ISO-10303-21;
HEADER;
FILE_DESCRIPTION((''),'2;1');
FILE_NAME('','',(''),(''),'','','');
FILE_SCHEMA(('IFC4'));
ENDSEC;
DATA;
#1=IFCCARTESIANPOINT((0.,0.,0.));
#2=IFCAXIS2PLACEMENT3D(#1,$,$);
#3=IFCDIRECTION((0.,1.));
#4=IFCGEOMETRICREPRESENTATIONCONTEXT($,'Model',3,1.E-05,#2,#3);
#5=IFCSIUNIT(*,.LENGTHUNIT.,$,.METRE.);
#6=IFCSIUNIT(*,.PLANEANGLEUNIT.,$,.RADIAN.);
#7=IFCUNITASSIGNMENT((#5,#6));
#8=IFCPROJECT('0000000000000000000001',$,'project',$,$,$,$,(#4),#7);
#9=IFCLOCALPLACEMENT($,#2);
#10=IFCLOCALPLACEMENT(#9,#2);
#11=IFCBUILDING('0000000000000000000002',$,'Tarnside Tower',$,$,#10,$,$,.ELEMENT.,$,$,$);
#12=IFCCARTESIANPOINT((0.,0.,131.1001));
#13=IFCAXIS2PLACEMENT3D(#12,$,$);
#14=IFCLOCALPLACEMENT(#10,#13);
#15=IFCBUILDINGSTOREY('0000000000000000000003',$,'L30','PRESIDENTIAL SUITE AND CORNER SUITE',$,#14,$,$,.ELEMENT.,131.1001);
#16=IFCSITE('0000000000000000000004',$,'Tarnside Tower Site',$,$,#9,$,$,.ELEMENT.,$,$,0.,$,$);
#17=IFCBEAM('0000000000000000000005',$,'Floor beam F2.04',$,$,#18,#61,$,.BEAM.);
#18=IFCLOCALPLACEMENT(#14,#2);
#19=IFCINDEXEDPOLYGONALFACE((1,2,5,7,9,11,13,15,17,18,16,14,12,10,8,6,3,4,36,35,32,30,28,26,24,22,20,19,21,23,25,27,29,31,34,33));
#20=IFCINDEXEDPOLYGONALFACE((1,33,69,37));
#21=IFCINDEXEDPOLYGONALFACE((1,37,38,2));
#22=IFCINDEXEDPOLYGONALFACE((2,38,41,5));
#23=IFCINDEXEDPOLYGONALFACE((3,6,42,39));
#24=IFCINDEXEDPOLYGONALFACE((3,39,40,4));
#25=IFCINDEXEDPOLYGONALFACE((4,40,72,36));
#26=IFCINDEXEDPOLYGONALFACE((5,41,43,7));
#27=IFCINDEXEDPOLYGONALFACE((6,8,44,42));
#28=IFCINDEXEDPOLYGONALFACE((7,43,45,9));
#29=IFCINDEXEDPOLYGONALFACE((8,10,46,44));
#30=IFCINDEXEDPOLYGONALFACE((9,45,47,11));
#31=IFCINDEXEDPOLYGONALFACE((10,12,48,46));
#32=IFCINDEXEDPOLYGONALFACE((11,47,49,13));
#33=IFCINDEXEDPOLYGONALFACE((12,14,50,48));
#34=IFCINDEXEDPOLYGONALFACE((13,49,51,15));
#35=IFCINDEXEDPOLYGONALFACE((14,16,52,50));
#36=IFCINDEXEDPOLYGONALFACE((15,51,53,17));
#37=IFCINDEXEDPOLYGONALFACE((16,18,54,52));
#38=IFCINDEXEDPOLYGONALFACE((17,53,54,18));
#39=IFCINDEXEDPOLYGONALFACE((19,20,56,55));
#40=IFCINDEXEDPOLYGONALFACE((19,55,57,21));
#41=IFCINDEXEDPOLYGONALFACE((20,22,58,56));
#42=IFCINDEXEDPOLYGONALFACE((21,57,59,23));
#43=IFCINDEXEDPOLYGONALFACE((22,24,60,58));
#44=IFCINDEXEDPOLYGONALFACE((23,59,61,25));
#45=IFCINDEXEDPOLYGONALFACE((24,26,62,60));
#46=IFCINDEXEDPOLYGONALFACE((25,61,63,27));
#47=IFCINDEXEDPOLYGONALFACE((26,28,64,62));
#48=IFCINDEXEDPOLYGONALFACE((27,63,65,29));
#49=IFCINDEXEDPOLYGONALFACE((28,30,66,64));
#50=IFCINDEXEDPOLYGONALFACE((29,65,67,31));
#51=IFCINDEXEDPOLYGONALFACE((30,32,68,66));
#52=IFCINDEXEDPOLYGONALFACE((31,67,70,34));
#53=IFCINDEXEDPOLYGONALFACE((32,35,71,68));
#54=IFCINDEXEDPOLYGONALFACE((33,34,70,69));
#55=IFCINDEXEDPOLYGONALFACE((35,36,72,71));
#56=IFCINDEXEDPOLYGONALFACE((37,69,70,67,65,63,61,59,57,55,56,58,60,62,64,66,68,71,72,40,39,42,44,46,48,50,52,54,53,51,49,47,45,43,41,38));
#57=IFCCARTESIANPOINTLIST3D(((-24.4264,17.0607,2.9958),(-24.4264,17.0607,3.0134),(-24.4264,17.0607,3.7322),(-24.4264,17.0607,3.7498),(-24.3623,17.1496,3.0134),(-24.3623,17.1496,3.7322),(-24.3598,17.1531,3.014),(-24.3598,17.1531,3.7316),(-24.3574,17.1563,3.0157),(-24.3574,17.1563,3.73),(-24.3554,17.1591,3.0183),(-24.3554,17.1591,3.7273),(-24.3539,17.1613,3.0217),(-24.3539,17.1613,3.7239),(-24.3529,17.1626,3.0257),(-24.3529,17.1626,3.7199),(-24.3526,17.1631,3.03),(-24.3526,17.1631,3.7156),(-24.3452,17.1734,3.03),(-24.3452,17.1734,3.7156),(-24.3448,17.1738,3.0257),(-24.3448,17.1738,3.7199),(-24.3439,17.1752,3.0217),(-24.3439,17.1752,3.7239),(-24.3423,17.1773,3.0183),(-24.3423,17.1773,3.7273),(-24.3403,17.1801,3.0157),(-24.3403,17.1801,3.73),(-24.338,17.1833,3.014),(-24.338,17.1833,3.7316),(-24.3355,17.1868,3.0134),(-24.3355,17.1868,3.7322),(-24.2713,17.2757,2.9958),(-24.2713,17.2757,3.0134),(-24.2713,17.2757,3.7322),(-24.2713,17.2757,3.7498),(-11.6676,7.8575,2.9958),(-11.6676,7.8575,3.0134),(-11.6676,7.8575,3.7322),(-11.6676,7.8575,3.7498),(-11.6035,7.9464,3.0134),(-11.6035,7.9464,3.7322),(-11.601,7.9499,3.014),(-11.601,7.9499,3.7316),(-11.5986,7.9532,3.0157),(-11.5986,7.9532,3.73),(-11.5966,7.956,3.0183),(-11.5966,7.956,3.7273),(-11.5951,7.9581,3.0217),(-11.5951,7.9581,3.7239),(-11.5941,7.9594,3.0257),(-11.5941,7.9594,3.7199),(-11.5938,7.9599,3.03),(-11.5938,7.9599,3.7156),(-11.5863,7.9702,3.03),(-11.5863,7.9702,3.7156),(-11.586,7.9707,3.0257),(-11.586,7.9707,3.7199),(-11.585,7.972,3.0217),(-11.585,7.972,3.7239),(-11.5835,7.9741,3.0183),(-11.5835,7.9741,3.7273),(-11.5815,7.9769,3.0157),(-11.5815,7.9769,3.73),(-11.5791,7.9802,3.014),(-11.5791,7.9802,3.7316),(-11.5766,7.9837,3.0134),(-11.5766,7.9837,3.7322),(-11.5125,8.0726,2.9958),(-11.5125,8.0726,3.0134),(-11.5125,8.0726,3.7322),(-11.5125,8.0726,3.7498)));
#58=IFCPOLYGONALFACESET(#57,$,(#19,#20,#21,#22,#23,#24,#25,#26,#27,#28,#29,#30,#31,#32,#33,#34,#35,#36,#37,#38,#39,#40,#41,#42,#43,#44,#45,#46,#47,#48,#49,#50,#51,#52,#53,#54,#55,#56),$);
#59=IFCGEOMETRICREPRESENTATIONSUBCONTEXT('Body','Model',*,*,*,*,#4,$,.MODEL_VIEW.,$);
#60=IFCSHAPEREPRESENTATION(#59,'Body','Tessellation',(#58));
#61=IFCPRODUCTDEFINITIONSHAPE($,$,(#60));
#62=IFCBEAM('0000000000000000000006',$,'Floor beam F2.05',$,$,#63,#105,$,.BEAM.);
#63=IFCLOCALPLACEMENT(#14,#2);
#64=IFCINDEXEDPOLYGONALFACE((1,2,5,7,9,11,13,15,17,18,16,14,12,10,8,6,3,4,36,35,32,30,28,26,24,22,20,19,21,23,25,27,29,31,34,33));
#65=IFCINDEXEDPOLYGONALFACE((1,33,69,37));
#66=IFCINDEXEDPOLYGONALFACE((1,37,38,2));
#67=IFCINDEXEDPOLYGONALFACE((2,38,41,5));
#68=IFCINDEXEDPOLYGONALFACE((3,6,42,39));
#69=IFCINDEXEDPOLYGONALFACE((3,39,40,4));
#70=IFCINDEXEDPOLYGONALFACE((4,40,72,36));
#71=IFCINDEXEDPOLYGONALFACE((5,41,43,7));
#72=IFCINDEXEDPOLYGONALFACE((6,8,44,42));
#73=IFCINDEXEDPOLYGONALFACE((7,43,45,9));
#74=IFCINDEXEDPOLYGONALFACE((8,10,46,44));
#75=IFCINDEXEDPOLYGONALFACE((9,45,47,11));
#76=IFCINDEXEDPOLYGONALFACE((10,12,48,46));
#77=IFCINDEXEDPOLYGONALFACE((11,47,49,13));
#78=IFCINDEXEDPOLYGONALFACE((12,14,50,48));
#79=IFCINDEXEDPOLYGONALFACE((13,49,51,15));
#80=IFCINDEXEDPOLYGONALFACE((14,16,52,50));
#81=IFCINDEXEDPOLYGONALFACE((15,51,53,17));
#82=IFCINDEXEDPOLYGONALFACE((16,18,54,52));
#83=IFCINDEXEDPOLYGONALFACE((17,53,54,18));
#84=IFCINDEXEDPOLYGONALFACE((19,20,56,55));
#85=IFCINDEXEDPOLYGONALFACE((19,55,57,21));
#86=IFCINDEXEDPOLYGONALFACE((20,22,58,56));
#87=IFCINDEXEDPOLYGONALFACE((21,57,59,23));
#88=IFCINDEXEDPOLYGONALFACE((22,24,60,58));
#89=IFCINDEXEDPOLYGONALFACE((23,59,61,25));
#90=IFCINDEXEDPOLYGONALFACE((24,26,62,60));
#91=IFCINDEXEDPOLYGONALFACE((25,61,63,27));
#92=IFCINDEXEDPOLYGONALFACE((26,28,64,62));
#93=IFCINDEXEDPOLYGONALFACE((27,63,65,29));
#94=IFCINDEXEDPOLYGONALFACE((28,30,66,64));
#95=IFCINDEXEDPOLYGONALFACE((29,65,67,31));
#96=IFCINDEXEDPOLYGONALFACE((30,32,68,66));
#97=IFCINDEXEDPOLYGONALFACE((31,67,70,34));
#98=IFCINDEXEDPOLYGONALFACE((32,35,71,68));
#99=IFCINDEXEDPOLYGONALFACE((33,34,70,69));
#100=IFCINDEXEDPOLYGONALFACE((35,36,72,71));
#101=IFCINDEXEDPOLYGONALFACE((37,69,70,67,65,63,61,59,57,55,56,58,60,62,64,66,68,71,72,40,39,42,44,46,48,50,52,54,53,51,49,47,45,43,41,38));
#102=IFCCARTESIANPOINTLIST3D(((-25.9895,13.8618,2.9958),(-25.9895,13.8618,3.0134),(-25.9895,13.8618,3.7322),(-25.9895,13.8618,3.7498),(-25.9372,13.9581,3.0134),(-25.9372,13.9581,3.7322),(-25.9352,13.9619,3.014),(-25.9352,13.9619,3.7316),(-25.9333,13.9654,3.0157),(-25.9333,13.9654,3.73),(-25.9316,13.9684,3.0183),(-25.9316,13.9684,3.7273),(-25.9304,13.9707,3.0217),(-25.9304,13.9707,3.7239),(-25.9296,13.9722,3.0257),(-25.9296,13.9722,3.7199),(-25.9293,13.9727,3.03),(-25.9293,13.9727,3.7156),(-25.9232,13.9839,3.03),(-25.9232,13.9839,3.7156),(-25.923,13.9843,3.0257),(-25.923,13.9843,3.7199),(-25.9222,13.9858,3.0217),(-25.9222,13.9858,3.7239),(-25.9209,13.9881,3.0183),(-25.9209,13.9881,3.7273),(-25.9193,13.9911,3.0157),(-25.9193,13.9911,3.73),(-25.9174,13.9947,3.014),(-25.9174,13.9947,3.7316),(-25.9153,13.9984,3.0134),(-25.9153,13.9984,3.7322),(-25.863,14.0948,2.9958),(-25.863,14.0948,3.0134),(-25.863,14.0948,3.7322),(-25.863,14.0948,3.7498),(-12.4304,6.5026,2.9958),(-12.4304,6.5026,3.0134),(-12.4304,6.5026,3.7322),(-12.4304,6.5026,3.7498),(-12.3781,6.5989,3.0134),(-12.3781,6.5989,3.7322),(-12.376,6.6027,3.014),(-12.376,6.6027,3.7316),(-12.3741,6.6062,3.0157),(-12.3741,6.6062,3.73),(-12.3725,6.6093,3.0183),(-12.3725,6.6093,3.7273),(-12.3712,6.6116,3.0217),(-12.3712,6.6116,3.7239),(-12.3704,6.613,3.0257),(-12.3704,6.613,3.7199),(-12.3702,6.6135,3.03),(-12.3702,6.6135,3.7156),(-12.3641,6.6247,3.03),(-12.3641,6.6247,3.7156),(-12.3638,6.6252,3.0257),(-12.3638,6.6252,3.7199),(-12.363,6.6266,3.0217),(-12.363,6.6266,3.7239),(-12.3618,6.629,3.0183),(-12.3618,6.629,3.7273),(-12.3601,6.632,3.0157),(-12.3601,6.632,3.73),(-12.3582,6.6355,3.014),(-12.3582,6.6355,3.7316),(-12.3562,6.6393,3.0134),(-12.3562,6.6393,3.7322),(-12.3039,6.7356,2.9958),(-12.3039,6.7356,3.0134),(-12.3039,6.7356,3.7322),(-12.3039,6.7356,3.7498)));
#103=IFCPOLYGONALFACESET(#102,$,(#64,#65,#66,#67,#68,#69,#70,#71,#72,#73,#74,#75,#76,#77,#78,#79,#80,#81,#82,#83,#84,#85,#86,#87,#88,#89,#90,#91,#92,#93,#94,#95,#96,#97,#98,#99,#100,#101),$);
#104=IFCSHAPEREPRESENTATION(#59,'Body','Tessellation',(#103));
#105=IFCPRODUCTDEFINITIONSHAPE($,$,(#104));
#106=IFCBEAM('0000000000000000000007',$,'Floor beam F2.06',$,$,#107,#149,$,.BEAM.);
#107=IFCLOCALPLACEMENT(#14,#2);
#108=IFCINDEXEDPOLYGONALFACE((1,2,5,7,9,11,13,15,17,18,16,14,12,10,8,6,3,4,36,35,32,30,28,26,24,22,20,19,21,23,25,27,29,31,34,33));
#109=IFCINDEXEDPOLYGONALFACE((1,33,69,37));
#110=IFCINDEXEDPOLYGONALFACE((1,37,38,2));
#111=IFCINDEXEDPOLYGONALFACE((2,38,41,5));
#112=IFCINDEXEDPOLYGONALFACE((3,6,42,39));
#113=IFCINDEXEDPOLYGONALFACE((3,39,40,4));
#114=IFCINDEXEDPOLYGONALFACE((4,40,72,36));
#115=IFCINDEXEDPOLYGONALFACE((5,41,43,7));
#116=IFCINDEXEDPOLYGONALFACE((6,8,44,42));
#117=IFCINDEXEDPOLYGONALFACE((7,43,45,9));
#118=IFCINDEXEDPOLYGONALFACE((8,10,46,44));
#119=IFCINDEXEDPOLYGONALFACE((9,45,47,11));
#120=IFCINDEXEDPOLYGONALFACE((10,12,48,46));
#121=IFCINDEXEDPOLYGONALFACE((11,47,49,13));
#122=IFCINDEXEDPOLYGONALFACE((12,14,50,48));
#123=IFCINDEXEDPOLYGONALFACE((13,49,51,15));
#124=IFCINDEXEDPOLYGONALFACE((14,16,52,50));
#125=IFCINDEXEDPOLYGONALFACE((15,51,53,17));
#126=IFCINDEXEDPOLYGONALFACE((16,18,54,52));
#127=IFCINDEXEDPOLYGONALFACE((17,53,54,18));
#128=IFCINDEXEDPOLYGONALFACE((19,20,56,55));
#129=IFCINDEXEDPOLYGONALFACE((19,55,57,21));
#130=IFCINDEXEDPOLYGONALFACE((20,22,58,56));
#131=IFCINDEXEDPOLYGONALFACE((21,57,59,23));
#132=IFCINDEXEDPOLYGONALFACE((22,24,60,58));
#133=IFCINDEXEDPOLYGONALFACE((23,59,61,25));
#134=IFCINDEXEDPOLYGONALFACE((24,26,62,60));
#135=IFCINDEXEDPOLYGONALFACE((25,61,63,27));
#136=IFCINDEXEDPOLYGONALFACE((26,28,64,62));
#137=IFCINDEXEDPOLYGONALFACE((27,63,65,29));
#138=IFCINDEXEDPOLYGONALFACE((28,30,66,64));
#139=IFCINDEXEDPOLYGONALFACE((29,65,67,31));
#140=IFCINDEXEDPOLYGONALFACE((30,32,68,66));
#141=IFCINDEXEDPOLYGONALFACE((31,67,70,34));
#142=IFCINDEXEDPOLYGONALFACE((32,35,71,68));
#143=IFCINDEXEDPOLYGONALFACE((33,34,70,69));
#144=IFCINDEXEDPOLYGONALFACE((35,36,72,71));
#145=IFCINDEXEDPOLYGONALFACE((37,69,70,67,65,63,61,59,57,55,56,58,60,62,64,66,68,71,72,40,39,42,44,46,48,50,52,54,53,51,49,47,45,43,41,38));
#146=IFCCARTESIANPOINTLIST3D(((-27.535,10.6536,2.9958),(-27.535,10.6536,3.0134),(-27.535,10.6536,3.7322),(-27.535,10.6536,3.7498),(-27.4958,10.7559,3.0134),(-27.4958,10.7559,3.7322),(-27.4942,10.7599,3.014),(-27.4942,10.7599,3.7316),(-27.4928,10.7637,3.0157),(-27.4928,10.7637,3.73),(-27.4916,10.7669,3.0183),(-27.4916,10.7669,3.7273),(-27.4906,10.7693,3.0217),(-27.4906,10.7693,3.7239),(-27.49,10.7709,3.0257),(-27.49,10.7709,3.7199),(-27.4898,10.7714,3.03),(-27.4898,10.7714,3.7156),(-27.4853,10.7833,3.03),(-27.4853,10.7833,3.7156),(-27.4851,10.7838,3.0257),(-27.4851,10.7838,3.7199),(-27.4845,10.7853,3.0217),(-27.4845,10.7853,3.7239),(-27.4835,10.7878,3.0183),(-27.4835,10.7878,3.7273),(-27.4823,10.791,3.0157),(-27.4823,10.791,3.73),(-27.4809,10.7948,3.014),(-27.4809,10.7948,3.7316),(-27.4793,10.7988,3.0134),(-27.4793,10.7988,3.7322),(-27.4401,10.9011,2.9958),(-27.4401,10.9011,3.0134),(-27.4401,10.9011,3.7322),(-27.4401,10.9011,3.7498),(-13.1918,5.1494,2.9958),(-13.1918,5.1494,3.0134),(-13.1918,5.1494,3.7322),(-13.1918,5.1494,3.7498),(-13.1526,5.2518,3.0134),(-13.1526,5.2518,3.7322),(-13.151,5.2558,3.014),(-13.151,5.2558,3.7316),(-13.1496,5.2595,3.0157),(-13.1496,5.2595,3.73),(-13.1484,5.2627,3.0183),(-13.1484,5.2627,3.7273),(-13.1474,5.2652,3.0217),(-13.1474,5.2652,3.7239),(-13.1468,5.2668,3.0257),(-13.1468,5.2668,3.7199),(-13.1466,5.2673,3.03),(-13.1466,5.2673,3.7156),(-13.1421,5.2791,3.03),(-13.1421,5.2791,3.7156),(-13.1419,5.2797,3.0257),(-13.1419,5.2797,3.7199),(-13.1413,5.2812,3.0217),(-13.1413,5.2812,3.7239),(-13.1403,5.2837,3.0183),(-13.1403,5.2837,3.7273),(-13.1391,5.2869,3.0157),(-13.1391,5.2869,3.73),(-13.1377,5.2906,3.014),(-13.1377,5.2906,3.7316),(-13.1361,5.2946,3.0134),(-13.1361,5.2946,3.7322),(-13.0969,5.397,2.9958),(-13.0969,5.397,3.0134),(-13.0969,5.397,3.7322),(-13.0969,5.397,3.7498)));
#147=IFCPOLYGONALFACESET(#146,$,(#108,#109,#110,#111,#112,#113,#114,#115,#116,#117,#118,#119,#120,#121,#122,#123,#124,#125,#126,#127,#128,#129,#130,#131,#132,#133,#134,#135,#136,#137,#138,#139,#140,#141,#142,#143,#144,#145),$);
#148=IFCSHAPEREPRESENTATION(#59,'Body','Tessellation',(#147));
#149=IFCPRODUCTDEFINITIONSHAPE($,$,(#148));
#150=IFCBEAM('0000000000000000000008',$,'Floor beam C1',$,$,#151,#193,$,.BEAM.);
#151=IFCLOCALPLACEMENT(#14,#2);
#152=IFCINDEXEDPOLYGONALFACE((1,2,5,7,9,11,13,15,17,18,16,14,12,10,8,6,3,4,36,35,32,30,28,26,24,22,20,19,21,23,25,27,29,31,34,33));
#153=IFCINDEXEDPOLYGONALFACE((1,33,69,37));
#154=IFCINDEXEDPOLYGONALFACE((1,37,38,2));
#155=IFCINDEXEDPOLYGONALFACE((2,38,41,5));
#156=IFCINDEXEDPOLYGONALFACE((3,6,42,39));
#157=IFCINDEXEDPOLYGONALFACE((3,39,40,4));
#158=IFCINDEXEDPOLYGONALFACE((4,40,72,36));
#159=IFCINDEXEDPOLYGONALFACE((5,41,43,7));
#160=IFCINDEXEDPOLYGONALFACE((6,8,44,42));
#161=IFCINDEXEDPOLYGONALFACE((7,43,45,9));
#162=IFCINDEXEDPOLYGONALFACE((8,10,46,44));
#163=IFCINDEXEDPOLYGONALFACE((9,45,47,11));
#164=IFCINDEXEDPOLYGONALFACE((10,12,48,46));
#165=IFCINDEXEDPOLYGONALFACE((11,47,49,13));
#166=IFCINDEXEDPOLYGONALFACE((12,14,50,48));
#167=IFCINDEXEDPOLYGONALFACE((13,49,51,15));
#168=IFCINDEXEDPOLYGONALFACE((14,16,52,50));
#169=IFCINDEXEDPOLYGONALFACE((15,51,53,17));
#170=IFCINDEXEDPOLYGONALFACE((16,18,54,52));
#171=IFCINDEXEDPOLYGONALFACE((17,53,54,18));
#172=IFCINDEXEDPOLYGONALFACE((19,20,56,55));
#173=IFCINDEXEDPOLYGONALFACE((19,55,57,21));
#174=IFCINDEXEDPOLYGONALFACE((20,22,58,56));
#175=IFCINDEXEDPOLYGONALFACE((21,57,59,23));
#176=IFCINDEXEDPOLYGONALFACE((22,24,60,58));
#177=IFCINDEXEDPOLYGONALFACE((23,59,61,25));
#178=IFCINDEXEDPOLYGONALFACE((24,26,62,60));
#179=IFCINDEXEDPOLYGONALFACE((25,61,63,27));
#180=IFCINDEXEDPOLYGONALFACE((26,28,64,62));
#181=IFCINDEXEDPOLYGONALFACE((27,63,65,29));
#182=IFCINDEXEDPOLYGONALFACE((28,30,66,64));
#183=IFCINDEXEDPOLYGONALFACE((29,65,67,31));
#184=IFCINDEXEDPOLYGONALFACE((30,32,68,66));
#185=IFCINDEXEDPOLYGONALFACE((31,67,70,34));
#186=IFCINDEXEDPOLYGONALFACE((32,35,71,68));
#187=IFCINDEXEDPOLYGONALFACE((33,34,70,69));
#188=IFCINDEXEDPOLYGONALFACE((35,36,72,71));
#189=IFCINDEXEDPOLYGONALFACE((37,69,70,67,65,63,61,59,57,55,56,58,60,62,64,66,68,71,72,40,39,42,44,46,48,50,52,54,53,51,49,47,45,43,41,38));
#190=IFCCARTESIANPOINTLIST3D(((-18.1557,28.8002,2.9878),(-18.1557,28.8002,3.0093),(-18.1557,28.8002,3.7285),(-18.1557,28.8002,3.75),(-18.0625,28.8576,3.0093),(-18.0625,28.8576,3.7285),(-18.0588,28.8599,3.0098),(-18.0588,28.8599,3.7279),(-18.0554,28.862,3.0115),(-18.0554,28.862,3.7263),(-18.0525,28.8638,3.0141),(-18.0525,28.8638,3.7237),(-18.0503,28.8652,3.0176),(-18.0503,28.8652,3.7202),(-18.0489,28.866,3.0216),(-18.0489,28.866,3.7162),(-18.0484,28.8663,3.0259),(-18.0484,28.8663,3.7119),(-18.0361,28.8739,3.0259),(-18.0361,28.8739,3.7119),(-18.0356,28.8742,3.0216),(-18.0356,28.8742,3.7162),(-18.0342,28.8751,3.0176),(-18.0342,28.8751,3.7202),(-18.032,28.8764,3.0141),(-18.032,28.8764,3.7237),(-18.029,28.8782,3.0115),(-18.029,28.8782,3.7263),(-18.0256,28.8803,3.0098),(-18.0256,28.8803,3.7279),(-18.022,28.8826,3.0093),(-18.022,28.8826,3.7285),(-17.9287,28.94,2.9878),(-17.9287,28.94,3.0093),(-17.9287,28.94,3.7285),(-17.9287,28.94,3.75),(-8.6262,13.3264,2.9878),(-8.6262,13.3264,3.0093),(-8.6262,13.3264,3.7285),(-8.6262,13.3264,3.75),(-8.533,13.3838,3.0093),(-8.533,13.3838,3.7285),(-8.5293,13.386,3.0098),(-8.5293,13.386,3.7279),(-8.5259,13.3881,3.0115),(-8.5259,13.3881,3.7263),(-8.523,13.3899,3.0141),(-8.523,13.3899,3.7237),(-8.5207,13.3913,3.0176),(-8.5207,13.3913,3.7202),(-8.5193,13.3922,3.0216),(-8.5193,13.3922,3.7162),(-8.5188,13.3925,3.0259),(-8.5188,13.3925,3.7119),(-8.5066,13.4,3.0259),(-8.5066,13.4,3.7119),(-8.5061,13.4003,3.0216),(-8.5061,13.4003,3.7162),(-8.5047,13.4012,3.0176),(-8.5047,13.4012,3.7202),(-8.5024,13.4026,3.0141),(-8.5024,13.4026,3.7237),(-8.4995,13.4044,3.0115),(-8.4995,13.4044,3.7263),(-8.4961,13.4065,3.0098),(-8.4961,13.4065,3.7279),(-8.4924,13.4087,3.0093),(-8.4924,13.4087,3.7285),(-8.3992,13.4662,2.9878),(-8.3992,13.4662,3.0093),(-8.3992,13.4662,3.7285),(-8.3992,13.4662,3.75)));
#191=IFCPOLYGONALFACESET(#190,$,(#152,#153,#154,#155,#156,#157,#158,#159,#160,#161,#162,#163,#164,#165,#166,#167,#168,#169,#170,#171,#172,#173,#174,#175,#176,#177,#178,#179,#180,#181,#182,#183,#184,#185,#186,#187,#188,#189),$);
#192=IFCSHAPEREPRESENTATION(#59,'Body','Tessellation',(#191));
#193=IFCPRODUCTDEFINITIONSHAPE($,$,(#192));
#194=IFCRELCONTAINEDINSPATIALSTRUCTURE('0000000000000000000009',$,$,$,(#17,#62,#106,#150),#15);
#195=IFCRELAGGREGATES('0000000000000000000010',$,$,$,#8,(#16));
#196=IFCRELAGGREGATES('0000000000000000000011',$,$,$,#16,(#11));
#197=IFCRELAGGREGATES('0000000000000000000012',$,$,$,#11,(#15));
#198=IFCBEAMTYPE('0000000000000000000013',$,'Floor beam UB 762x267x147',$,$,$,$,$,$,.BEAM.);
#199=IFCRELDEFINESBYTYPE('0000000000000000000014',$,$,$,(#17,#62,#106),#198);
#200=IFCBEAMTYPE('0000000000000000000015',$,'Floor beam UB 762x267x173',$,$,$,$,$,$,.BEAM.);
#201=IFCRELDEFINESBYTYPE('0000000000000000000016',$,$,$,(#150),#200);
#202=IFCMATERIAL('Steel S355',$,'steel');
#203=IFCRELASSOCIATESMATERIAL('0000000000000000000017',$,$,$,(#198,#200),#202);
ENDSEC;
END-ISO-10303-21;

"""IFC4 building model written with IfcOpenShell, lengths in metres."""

from ifc_helpers import new_model, si_unit, direction, frame, origin, origin_2d, place, context, subcontext, project, spatial, i_section, extrude, material, material_profile, profile_set, type_object, element, save


model = new_model("IFC4")

# Units and contexts
model_context = context("Model", 3, precision=1e-05, world=origin(), true_north=direction((0.0, 1.0)))
body_context = subcontext(model_context, "Body", "Model", "MODEL_VIEW")
ifc_project = project(units=[si_unit("LENGTHUNIT", "METRE"), si_unit("PLANEANGLEUNIT", "RADIAN")], contexts=[model_context])

# Site, building, storey
site_placement = place(None, origin())
site = spatial("IfcSite", under=ifc_project, at=site_placement, Name="Tarnside Tower Site", CompositionType="ELEMENT", RefElevation=0.0)
building_placement = place(site_placement, origin())
building = spatial("IfcBuilding", under=site, at=building_placement, Name="Tarnside Tower", CompositionType="ELEMENT")
storey_placement = place(building_placement, frame((0.0, 0.0, 131.1001)))
storey = spatial("IfcBuildingStorey", under=building, at=storey_placement, Name="L30", Description="PRESIDENTIAL SUITE AND CORNER SUITE", CompositionType="ELEMENT", Elevation=131.1001)

# Beams
ifc_material_1 = material(Name="Steel S355", Category="steel")
ifc_material_profile_1 = material_profile(ifc_material_1, i_section(OverallWidth=0.2651, OverallDepth=0.7539, WebThickness=0.0127, FlangeThickness=0.0176, FilletRadius=0.0166, at=origin_2d()), Name="UB 762x267x147")
ifc_profile_set_1 = profile_set([ifc_material_profile_1], Name="Steel S355")
beam_type_1 = type_object("IfcBeamType", Name="Floor beam UB 762x267x147", PredefinedType="BEAM", material=ifc_profile_set_1)
beam_1_placement = place(storey_placement, frame((-24.3489, 17.1682, 3.3728), z_axis=(0.811028, -0.585008, 0.0), x_axis=(0.585008, 0.811028, 0.0)))
element("IfcBeam", 1, at=beam_1_placement, inside=storey, type_object=beam_type_1, Name="Floor beam F2.04", PredefinedType="BEAM", context=body_context, shape_type="SweptSolid", body=[
    extrude(i_section(OverallWidth=0.2651, OverallDepth=0.7539, WebThickness=0.0127, FlangeThickness=0.0176, FilletRadius=0.0166, at=origin_2d()), origin(), (0.0, 0.0, 1.0), 15.7317),
])
beam_2_placement = place(storey_placement, frame((-25.9263, 13.9783, 3.3728), z_axis=(0.878895, -0.477016, 0.0), x_axis=(0.477016, 0.878895, 0.0)))
element("IfcBeam", 2, at=beam_2_placement, inside=storey, type_object=beam_type_1, Name="Floor beam F2.05", PredefinedType="BEAM", context=body_context, shape_type="SweptSolid", body=[
    extrude(i_section(OverallWidth=0.2651, OverallDepth=0.7539, WebThickness=0.0127, FlangeThickness=0.0176, FilletRadius=0.0166, at=origin_2d()), origin(), (0.0, 0.0, 1.0), 15.4275),
])
beam_3_placement = place(storey_placement, frame((-27.4875, 10.7773, 3.3728), z_axis=(0.933618, -0.358271, 0.0), x_axis=(0.358271, 0.933618, 0.0)))
element("IfcBeam", 3, at=beam_3_placement, inside=storey, type_object=beam_type_1, Name="Floor beam F2.06", PredefinedType="BEAM", context=body_context, shape_type="SweptSolid", body=[
    extrude(i_section(OverallWidth=0.2651, OverallDepth=0.7539, WebThickness=0.0127, FlangeThickness=0.0176, FilletRadius=0.0166, at=origin_2d()), origin(), (0.0, 0.0, 1.0), 15.363),
])
ifc_material_profile_2 = material_profile(ifc_material_1, i_section(OverallWidth=0.2666, OverallDepth=0.7622, WebThickness=0.0144, FlangeThickness=0.0215, FilletRadius=0.0166, at=origin_2d()), Name="UB 762x267x173")
ifc_profile_set_2 = profile_set([ifc_material_profile_2], Name="Steel S355")
beam_type_2 = type_object("IfcBeamType", Name="Floor beam UB 762x267x173", PredefinedType="BEAM", material=ifc_profile_set_2)
beam_4_placement = place(storey_placement, frame((-18.0422, 28.8701, 3.3689), z_axis=(0.524383, -0.851483, 0.0), x_axis=(0.851483, 0.524383, 0.0)))
element("IfcBeam", 4, at=beam_4_placement, inside=storey, type_object=beam_type_2, Name="Floor beam C1", PredefinedType="BEAM", context=body_context, shape_type="SweptSolid", body=[
    extrude(i_section(OverallWidth=0.2666, OverallDepth=0.7622, WebThickness=0.0144, FlangeThickness=0.0215, FilletRadius=0.0166, at=origin_2d()), origin(), (0.0, 0.0, 1.0), 18.1729),
])

save(model, "model.ifc")
